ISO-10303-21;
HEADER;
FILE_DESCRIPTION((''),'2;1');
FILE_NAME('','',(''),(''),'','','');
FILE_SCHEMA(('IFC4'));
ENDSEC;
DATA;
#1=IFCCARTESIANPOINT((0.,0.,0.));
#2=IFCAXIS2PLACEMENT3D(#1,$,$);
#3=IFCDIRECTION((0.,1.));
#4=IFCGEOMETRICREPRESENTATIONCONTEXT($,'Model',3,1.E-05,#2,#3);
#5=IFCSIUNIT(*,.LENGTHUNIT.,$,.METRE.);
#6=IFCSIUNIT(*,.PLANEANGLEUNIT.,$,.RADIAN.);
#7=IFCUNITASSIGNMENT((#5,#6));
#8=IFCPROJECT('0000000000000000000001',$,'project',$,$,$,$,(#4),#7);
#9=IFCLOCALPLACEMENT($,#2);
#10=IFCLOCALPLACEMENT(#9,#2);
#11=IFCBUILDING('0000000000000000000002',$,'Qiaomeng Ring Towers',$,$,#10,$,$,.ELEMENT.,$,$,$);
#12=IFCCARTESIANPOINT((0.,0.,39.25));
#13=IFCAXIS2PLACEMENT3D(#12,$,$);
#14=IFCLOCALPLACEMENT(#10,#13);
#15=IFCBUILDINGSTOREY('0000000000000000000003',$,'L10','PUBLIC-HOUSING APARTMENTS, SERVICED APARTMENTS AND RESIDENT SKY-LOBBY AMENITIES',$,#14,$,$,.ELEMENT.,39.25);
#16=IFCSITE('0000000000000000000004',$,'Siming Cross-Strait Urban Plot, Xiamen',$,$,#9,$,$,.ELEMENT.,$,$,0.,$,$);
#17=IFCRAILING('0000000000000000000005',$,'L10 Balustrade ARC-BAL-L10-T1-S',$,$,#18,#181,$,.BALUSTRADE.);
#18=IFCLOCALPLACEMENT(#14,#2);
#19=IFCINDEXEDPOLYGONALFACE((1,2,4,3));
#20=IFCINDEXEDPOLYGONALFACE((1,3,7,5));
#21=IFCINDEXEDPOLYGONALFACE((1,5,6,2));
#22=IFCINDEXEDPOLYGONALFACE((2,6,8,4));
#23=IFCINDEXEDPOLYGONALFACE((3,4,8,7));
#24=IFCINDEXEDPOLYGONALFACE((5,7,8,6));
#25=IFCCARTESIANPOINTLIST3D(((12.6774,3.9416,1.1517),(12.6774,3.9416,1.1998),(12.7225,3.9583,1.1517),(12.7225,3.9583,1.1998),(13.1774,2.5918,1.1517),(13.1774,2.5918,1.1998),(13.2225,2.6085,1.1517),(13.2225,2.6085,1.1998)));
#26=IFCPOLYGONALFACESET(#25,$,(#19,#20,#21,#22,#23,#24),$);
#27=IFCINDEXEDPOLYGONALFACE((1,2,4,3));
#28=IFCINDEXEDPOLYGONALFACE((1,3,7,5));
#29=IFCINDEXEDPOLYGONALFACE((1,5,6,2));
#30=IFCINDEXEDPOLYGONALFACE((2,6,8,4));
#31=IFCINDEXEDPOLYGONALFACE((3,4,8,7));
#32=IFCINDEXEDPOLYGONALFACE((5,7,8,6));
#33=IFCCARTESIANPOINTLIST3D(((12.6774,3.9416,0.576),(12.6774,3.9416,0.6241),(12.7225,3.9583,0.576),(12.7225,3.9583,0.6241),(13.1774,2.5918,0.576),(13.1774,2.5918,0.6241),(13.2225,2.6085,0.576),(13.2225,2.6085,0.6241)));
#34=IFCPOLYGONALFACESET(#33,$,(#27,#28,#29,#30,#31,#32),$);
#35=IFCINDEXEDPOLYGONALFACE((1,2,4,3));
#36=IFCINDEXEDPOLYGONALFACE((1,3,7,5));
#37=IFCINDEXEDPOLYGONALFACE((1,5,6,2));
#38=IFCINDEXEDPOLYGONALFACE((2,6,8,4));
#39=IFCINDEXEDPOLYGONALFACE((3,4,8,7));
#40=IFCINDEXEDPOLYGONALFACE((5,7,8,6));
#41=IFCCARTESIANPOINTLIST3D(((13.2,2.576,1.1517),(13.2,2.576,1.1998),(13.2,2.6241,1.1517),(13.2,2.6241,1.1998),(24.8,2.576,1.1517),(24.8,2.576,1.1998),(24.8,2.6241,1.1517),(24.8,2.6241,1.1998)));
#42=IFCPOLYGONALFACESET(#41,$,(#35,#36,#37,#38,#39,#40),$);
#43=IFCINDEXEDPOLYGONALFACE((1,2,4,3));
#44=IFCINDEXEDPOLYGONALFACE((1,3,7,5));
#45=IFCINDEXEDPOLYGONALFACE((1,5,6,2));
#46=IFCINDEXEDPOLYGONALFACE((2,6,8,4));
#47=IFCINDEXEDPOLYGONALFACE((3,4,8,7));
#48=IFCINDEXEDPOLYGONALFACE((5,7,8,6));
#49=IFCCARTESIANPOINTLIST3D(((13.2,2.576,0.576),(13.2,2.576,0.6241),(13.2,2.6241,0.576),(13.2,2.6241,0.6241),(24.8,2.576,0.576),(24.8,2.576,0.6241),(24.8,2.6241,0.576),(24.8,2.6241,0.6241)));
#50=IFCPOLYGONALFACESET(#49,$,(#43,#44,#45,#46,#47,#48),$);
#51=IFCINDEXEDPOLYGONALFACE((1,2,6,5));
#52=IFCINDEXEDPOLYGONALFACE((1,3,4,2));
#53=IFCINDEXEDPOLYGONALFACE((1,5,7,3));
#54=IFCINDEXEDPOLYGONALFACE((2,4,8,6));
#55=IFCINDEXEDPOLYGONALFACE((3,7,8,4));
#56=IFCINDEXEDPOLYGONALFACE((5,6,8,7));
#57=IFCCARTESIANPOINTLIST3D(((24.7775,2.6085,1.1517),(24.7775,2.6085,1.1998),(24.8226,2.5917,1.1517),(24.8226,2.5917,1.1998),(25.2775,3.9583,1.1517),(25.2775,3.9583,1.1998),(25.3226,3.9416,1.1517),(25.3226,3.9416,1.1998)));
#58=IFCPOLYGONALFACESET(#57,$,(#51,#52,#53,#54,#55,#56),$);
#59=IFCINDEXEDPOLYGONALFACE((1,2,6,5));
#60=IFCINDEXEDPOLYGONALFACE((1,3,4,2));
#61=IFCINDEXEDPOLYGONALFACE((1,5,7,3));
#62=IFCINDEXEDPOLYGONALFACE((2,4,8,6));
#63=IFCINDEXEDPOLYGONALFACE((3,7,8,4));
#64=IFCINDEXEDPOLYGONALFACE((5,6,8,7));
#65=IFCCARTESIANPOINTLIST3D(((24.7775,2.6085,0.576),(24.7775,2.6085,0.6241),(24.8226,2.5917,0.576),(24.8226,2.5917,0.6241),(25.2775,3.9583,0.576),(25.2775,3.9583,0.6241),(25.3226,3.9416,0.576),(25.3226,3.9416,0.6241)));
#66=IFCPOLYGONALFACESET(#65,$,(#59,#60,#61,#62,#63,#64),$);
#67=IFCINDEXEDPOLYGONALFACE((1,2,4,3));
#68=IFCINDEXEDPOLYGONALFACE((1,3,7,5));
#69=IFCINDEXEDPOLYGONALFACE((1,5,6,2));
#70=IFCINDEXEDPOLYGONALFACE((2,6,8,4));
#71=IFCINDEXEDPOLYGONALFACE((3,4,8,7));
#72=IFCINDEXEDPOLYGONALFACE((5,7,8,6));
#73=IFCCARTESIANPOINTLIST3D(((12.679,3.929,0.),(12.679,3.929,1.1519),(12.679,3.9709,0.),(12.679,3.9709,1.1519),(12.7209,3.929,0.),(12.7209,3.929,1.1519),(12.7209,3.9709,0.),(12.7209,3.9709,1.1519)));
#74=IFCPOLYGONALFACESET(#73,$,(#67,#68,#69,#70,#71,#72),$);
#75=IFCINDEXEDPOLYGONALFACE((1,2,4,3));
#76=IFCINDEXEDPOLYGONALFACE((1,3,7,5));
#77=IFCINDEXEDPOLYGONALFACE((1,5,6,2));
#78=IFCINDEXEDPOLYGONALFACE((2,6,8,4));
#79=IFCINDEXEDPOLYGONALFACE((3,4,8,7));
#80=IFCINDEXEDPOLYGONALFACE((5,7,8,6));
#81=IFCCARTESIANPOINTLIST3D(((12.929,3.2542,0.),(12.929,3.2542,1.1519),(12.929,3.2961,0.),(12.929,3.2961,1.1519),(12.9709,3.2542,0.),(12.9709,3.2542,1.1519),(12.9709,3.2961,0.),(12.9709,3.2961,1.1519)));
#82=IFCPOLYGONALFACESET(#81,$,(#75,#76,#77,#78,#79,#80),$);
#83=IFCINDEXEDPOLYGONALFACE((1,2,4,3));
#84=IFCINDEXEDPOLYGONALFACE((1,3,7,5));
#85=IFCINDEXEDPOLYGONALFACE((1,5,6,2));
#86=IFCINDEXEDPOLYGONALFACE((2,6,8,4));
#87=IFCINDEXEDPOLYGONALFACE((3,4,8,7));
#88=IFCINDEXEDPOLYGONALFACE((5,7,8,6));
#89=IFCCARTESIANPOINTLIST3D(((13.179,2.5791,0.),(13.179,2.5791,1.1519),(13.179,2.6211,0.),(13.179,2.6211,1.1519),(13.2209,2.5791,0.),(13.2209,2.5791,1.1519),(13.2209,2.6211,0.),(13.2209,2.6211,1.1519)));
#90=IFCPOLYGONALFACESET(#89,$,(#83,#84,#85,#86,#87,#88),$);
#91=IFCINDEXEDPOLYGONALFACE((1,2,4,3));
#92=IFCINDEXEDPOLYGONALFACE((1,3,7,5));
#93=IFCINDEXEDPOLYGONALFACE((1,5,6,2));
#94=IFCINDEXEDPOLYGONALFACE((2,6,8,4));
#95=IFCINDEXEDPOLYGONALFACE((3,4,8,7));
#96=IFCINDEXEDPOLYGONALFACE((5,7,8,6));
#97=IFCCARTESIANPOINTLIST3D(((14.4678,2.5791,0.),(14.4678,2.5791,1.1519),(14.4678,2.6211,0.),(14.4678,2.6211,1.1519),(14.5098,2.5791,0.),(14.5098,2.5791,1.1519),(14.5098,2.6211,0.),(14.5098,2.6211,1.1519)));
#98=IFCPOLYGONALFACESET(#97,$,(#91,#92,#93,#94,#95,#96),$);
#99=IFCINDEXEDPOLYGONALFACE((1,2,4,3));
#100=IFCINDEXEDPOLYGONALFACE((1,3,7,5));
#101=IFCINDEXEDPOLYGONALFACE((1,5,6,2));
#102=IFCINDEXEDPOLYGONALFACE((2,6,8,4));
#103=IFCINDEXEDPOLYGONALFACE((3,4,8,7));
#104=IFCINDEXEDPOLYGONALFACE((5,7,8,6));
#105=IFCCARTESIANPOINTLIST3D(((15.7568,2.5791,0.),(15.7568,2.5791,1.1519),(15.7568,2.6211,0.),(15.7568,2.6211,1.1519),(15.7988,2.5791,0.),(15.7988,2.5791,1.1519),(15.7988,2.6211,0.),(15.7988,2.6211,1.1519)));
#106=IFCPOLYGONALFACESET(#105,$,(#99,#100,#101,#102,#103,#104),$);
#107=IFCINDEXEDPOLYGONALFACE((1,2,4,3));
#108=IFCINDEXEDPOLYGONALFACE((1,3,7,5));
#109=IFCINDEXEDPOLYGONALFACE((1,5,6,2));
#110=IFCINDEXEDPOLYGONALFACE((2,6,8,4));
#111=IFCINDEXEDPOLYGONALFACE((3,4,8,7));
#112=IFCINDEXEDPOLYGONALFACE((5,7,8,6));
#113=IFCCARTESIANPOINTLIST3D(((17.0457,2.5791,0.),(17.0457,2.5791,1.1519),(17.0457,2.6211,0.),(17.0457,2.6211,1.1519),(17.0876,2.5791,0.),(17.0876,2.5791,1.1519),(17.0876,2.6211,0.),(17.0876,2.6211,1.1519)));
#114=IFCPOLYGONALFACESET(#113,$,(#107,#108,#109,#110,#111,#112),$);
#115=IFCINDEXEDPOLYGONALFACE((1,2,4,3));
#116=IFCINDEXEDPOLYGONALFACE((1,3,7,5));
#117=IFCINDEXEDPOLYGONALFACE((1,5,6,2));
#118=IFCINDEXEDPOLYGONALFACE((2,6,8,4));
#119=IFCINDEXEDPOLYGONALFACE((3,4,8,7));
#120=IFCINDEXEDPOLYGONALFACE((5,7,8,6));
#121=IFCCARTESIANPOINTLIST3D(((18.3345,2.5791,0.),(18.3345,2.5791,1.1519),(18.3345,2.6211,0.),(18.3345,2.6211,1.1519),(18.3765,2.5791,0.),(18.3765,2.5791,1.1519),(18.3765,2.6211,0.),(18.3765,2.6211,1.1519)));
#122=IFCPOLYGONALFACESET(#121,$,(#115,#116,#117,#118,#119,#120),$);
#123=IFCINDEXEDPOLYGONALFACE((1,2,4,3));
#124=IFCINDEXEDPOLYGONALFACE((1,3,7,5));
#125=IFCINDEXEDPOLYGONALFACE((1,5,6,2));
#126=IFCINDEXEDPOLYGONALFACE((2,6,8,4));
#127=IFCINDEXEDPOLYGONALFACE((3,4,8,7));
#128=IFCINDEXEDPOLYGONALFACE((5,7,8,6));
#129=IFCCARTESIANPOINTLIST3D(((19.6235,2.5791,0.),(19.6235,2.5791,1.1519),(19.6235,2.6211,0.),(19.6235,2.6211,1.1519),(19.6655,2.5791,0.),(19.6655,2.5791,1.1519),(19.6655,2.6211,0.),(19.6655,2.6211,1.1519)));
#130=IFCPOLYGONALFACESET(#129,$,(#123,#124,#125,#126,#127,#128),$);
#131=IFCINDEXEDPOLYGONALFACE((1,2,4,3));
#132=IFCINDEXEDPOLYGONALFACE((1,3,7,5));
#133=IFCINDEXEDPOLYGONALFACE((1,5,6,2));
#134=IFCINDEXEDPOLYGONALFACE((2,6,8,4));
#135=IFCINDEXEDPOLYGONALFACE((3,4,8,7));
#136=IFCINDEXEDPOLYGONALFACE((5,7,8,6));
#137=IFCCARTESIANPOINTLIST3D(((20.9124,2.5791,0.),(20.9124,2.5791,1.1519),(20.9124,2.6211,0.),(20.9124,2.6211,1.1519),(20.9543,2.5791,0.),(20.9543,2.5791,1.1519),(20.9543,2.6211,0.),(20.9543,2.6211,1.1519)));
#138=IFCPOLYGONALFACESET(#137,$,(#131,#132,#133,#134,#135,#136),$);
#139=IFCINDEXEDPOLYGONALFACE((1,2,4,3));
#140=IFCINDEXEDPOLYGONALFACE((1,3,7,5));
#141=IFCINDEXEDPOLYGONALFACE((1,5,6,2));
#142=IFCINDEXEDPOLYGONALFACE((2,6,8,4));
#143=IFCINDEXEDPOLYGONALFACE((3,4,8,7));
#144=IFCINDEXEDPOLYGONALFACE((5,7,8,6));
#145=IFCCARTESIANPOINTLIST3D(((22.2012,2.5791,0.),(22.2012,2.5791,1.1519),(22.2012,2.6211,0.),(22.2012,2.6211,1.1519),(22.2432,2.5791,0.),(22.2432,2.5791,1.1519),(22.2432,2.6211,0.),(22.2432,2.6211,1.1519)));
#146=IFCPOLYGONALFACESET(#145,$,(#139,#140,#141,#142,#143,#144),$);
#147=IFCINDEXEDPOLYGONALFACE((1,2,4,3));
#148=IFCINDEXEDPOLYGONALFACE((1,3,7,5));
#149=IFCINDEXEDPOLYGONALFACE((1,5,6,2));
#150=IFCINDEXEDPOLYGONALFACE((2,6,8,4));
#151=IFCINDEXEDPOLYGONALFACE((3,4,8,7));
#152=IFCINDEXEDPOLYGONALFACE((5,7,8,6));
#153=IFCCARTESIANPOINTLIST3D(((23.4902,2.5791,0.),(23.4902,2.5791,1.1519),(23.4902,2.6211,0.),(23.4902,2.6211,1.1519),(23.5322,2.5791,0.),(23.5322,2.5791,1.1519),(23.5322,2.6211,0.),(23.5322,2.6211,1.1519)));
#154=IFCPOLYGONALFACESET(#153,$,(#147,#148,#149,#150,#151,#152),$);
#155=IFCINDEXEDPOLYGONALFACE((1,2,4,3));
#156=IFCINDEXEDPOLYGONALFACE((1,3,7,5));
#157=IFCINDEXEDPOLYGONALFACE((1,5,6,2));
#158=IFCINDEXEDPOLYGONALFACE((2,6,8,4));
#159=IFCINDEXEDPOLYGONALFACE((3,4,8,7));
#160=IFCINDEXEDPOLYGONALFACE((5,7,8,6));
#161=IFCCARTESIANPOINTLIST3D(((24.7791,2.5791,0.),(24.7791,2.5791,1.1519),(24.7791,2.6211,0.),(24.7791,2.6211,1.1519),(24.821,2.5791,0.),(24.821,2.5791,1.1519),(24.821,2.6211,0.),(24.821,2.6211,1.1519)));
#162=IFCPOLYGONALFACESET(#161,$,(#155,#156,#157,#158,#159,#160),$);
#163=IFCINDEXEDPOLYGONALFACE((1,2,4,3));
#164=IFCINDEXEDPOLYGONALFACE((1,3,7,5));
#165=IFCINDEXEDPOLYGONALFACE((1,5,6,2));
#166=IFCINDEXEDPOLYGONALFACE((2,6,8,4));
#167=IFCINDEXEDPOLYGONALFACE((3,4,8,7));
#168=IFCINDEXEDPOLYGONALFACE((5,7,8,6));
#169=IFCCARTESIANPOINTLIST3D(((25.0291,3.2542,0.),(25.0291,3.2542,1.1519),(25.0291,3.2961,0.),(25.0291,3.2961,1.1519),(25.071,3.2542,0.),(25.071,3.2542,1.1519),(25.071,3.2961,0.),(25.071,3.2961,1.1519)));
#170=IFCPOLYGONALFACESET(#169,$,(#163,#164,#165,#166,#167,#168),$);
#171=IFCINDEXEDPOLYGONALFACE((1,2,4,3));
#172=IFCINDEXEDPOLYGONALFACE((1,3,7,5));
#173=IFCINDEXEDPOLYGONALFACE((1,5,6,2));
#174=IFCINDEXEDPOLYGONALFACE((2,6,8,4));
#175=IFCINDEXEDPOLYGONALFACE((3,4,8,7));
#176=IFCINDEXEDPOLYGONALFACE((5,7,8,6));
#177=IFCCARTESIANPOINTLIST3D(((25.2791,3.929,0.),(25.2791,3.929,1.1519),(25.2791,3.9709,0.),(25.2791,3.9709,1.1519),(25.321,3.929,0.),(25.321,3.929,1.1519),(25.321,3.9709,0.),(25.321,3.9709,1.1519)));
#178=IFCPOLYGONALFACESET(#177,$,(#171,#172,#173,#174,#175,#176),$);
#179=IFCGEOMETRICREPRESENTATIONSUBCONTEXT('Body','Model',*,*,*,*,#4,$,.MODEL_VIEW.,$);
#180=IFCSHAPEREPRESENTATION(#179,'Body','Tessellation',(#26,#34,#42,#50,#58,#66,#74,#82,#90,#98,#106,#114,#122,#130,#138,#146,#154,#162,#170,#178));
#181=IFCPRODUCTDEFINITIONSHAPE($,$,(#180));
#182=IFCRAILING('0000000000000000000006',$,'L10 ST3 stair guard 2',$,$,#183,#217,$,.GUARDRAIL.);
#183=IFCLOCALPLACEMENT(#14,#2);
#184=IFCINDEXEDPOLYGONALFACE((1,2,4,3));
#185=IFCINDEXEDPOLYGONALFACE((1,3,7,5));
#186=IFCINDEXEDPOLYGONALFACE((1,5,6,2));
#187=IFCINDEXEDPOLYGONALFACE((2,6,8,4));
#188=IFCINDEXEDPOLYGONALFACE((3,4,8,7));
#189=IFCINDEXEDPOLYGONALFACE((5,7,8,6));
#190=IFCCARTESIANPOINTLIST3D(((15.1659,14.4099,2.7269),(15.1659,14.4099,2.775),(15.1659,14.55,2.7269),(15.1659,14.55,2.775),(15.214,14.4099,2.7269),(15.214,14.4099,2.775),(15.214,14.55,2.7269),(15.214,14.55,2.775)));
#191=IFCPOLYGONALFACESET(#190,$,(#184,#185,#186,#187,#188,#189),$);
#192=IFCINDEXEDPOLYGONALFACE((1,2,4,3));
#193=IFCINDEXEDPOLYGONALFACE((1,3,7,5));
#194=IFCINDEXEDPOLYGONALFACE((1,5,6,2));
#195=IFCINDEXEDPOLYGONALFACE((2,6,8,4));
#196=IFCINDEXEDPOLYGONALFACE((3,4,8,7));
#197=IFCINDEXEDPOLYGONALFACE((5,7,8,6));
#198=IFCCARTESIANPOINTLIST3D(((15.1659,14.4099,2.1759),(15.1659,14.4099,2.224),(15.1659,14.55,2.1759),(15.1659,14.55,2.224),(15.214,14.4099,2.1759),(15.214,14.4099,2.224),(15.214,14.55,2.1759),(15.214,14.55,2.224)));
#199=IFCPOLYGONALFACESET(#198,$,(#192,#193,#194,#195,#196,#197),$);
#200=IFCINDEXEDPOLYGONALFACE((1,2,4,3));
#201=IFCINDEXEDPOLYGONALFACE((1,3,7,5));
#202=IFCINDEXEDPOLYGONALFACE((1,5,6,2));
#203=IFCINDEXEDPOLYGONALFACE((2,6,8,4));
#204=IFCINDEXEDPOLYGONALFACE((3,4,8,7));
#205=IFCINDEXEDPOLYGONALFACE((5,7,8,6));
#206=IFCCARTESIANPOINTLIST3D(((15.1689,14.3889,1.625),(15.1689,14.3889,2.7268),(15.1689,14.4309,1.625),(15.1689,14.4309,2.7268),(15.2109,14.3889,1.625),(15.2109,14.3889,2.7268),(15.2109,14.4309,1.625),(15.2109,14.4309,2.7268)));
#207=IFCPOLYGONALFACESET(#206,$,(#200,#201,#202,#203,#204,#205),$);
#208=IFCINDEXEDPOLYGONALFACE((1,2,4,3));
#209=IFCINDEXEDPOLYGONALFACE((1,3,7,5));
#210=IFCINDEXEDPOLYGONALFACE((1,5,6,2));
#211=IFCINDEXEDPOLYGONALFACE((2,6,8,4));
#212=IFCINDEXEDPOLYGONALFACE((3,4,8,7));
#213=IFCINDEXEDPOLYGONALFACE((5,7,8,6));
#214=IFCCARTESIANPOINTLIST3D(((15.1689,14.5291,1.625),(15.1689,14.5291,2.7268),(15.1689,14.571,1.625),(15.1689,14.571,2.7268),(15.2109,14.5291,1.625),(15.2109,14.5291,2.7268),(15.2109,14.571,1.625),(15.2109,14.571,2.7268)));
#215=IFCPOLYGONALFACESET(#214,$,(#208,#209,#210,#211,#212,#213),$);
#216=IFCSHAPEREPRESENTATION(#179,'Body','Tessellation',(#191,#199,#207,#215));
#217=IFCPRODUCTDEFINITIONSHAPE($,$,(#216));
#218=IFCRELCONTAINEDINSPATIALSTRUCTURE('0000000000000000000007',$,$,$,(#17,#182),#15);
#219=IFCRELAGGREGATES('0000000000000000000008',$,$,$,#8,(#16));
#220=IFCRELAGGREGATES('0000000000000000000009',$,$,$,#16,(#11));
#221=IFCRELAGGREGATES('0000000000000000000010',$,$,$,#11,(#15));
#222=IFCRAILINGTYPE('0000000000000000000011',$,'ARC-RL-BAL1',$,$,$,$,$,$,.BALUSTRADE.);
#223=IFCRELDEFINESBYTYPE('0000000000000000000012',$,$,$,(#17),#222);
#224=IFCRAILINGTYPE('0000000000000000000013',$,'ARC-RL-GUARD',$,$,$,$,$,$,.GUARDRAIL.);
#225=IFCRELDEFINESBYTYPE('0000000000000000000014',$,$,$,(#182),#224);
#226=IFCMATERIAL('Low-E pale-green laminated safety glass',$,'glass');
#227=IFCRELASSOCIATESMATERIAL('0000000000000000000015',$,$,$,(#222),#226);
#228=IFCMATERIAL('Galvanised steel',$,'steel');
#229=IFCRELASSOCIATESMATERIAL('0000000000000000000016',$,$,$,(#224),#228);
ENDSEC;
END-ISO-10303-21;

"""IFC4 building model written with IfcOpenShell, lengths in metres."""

from ifc_helpers import new_model, si_unit, direction, frame, origin, origin_2d, place, context, subcontext, project, spatial, rectangle, extrude, material, type_object, element, save


model = new_model("IFC4")

# Units and contexts
model_context = context("Model", 3, precision=1e-05, world=origin(), true_north=direction((0.0, 1.0)))
body_context = subcontext(model_context, "Body", "Model", "MODEL_VIEW")
ifc_project = project(units=[si_unit("LENGTHUNIT", "METRE"), si_unit("PLANEANGLEUNIT", "RADIAN")], contexts=[model_context])

# Site, building, storey
site_placement = place(None, origin())
site = spatial("IfcSite", under=ifc_project, at=site_placement, Name="Siming Cross-Strait Urban Plot, Xiamen", CompositionType="ELEMENT", RefElevation=0.0)
building_placement = place(site_placement, origin())
building = spatial("IfcBuilding", under=site, at=building_placement, Name="Qiaomeng Ring Towers", CompositionType="ELEMENT")
storey_placement = place(building_placement, frame((0.0, 0.0, 39.25)))
storey = spatial("IfcBuildingStorey", under=building, at=storey_placement, Name="L10", Description="PUBLIC-HOUSING APARTMENTS, SERVICED APARTMENTS AND RESIDENT SKY-LOBBY AMENITIES", CompositionType="ELEMENT", Elevation=39.25)

# Shared definitions
ifc_material_1 = material(Name="Galvanised steel", Category="steel")

# Railings
ifc_material_2 = material(Name="Low-E pale-green laminated safety glass", Category="glass")
railing_type_1 = type_object("IfcRailingType", Name="ARC-RL-BAL1", PredefinedType="BALUSTRADE", material=ifc_material_2)
railing_1_placement = place(storey_placement, frame((12.7, 3.95, 0.0)))
element("IfcRailing", 1, at=railing_1_placement, inside=storey, type_object=railing_type_1, Name="L10 Balustrade ARC-BAL-L10-T1-S", PredefinedType="BALUSTRADE", context=body_context, shape_type="SweptSolid", body=[
    extrude(rectangle(XDim=0.0481, YDim=0.0481, at=origin_2d()), frame((0.0, 0.0, 1.1758), z_axis=(0.347347, -0.937736, 0.0), x_axis=(0.937736, 0.347347, 0.0)), (0.0, 0.0, 1.0), 1.4395),
    extrude(rectangle(XDim=0.0481, YDim=0.0481, at=origin_2d()), frame((0.0, 0.0, 0.6001), z_axis=(0.347347, -0.937736, 0.0), x_axis=(0.937736, 0.347347, 0.0)), (0.0, 0.0, 1.0), 1.4395),
    extrude(rectangle(XDim=0.0481, YDim=0.0481, at=origin_2d()), frame((0.5, -1.3499, 1.1758), z_axis=(1.0, 0.0, 0.0), x_axis=(0.0, 1.0, 0.0)), (0.0, 0.0, 1.0), 11.6001),
    extrude(rectangle(XDim=0.0481, YDim=0.0481, at=origin_2d()), frame((0.5, -1.3499, 0.6001), z_axis=(1.0, 0.0, 0.0), x_axis=(0.0, 1.0, 0.0)), (0.0, 0.0, 1.0), 11.6001),
    extrude(rectangle(XDim=0.0481, YDim=0.0481, at=origin_2d()), frame((12.1001, -1.3499, 1.1758), z_axis=(0.347347, 0.937736, 0.0), x_axis=(-0.937736, 0.347347, 0.0)), (0.0, 0.0, 1.0), 1.4395),
    extrude(rectangle(XDim=0.0481, YDim=0.0481, at=origin_2d()), frame((12.1001, -1.3499, 0.6001), z_axis=(0.347347, 0.937736, 0.0), x_axis=(-0.937736, 0.347347, 0.0)), (0.0, 0.0, 1.0), 1.4395),
    extrude(rectangle(XDim=0.042, YDim=0.042, at=origin_2d()), origin(), (0.0, 0.0, 1.0), 1.1519),
    extrude(rectangle(XDim=0.042, YDim=0.042, at=origin_2d()), frame((0.25, -0.6748, 0.0)), (0.0, 0.0, 1.0), 1.1519),
    extrude(rectangle(XDim=0.042, YDim=0.042, at=origin_2d()), frame((0.5, -1.3499, 0.0)), (0.0, 0.0, 1.0), 1.1519),
    extrude(rectangle(XDim=0.042, YDim=0.042, at=origin_2d()), frame((1.7888, -1.3499, 0.0)), (0.0, 0.0, 1.0), 1.1519),
    extrude(rectangle(XDim=0.042, YDim=0.042, at=origin_2d()), frame((3.0779, -1.3499, 0.0)), (0.0, 0.0, 1.0), 1.1519),
    extrude(rectangle(XDim=0.042, YDim=0.042, at=origin_2d()), frame((4.3667, -1.3499, 0.0)), (0.0, 0.0, 1.0), 1.1519),
    extrude(rectangle(XDim=0.042, YDim=0.042, at=origin_2d()), frame((5.6555, -1.3499, 0.0)), (0.0, 0.0, 1.0), 1.1519),
    extrude(rectangle(XDim=0.042, YDim=0.042, at=origin_2d()), frame((6.9446, -1.3499, 0.0)), (0.0, 0.0, 1.0), 1.1519),
    extrude(rectangle(XDim=0.042, YDim=0.042, at=origin_2d()), frame((8.2334, -1.3499, 0.0)), (0.0, 0.0, 1.0), 1.1519),
    extrude(rectangle(XDim=0.042, YDim=0.042, at=origin_2d()), frame((9.5222, -1.3499, 0.0)), (0.0, 0.0, 1.0), 1.1519),
    extrude(rectangle(XDim=0.042, YDim=0.042, at=origin_2d()), frame((10.8113, -1.3499, 0.0)), (0.0, 0.0, 1.0), 1.1519),
    extrude(rectangle(XDim=0.042, YDim=0.042, at=origin_2d()), frame((12.1001, -1.3499, 0.0)), (0.0, 0.0, 1.0), 1.1519),
    extrude(rectangle(XDim=0.042, YDim=0.042, at=origin_2d()), frame((12.3501, -0.6748, 0.0)), (0.0, 0.0, 1.0), 1.1519),
    extrude(rectangle(XDim=0.042, YDim=0.042, at=origin_2d()), frame((12.6001, 0.0, 0.0)), (0.0, 0.0, 1.0), 1.1519),
])
railing_type_2 = type_object("IfcRailingType", Name="ARC-RL-GUARD", PredefinedType="GUARDRAIL", material=ifc_material_1)
railing_2_placement = place(storey_placement, frame((15.1899, 14.4099, 1.625)))
element("IfcRailing", 2, at=railing_2_placement, inside=storey, type_object=railing_type_2, Name="L10 ST3 stair guard 2", PredefinedType="GUARDRAIL", context=body_context, shape_type="SweptSolid", body=[
    extrude(rectangle(XDim=0.0481, YDim=0.0481, at=origin_2d()), frame((0.0, 0.0, 1.126), z_axis=(0.0, 1.0, 0.0), x_axis=(-1.0, 0.0, 0.0)), (0.0, 0.0, 1.0), 0.1401),
    extrude(rectangle(XDim=0.0481, YDim=0.0481, at=origin_2d()), frame((0.0, 0.0, 0.575), z_axis=(0.0, 1.0, 0.0), x_axis=(-1.0, 0.0, 0.0)), (0.0, 0.0, 1.0), 0.1401),
    extrude(rectangle(XDim=0.042, YDim=0.042, at=origin_2d()), origin(), (0.0, 0.0, 1.0), 1.1018),
    extrude(rectangle(XDim=0.042, YDim=0.042, at=origin_2d()), frame((0.0, 0.1401, 0.0)), (0.0, 0.0, 1.0), 1.1018),
])

save(model, "model.ifc")
